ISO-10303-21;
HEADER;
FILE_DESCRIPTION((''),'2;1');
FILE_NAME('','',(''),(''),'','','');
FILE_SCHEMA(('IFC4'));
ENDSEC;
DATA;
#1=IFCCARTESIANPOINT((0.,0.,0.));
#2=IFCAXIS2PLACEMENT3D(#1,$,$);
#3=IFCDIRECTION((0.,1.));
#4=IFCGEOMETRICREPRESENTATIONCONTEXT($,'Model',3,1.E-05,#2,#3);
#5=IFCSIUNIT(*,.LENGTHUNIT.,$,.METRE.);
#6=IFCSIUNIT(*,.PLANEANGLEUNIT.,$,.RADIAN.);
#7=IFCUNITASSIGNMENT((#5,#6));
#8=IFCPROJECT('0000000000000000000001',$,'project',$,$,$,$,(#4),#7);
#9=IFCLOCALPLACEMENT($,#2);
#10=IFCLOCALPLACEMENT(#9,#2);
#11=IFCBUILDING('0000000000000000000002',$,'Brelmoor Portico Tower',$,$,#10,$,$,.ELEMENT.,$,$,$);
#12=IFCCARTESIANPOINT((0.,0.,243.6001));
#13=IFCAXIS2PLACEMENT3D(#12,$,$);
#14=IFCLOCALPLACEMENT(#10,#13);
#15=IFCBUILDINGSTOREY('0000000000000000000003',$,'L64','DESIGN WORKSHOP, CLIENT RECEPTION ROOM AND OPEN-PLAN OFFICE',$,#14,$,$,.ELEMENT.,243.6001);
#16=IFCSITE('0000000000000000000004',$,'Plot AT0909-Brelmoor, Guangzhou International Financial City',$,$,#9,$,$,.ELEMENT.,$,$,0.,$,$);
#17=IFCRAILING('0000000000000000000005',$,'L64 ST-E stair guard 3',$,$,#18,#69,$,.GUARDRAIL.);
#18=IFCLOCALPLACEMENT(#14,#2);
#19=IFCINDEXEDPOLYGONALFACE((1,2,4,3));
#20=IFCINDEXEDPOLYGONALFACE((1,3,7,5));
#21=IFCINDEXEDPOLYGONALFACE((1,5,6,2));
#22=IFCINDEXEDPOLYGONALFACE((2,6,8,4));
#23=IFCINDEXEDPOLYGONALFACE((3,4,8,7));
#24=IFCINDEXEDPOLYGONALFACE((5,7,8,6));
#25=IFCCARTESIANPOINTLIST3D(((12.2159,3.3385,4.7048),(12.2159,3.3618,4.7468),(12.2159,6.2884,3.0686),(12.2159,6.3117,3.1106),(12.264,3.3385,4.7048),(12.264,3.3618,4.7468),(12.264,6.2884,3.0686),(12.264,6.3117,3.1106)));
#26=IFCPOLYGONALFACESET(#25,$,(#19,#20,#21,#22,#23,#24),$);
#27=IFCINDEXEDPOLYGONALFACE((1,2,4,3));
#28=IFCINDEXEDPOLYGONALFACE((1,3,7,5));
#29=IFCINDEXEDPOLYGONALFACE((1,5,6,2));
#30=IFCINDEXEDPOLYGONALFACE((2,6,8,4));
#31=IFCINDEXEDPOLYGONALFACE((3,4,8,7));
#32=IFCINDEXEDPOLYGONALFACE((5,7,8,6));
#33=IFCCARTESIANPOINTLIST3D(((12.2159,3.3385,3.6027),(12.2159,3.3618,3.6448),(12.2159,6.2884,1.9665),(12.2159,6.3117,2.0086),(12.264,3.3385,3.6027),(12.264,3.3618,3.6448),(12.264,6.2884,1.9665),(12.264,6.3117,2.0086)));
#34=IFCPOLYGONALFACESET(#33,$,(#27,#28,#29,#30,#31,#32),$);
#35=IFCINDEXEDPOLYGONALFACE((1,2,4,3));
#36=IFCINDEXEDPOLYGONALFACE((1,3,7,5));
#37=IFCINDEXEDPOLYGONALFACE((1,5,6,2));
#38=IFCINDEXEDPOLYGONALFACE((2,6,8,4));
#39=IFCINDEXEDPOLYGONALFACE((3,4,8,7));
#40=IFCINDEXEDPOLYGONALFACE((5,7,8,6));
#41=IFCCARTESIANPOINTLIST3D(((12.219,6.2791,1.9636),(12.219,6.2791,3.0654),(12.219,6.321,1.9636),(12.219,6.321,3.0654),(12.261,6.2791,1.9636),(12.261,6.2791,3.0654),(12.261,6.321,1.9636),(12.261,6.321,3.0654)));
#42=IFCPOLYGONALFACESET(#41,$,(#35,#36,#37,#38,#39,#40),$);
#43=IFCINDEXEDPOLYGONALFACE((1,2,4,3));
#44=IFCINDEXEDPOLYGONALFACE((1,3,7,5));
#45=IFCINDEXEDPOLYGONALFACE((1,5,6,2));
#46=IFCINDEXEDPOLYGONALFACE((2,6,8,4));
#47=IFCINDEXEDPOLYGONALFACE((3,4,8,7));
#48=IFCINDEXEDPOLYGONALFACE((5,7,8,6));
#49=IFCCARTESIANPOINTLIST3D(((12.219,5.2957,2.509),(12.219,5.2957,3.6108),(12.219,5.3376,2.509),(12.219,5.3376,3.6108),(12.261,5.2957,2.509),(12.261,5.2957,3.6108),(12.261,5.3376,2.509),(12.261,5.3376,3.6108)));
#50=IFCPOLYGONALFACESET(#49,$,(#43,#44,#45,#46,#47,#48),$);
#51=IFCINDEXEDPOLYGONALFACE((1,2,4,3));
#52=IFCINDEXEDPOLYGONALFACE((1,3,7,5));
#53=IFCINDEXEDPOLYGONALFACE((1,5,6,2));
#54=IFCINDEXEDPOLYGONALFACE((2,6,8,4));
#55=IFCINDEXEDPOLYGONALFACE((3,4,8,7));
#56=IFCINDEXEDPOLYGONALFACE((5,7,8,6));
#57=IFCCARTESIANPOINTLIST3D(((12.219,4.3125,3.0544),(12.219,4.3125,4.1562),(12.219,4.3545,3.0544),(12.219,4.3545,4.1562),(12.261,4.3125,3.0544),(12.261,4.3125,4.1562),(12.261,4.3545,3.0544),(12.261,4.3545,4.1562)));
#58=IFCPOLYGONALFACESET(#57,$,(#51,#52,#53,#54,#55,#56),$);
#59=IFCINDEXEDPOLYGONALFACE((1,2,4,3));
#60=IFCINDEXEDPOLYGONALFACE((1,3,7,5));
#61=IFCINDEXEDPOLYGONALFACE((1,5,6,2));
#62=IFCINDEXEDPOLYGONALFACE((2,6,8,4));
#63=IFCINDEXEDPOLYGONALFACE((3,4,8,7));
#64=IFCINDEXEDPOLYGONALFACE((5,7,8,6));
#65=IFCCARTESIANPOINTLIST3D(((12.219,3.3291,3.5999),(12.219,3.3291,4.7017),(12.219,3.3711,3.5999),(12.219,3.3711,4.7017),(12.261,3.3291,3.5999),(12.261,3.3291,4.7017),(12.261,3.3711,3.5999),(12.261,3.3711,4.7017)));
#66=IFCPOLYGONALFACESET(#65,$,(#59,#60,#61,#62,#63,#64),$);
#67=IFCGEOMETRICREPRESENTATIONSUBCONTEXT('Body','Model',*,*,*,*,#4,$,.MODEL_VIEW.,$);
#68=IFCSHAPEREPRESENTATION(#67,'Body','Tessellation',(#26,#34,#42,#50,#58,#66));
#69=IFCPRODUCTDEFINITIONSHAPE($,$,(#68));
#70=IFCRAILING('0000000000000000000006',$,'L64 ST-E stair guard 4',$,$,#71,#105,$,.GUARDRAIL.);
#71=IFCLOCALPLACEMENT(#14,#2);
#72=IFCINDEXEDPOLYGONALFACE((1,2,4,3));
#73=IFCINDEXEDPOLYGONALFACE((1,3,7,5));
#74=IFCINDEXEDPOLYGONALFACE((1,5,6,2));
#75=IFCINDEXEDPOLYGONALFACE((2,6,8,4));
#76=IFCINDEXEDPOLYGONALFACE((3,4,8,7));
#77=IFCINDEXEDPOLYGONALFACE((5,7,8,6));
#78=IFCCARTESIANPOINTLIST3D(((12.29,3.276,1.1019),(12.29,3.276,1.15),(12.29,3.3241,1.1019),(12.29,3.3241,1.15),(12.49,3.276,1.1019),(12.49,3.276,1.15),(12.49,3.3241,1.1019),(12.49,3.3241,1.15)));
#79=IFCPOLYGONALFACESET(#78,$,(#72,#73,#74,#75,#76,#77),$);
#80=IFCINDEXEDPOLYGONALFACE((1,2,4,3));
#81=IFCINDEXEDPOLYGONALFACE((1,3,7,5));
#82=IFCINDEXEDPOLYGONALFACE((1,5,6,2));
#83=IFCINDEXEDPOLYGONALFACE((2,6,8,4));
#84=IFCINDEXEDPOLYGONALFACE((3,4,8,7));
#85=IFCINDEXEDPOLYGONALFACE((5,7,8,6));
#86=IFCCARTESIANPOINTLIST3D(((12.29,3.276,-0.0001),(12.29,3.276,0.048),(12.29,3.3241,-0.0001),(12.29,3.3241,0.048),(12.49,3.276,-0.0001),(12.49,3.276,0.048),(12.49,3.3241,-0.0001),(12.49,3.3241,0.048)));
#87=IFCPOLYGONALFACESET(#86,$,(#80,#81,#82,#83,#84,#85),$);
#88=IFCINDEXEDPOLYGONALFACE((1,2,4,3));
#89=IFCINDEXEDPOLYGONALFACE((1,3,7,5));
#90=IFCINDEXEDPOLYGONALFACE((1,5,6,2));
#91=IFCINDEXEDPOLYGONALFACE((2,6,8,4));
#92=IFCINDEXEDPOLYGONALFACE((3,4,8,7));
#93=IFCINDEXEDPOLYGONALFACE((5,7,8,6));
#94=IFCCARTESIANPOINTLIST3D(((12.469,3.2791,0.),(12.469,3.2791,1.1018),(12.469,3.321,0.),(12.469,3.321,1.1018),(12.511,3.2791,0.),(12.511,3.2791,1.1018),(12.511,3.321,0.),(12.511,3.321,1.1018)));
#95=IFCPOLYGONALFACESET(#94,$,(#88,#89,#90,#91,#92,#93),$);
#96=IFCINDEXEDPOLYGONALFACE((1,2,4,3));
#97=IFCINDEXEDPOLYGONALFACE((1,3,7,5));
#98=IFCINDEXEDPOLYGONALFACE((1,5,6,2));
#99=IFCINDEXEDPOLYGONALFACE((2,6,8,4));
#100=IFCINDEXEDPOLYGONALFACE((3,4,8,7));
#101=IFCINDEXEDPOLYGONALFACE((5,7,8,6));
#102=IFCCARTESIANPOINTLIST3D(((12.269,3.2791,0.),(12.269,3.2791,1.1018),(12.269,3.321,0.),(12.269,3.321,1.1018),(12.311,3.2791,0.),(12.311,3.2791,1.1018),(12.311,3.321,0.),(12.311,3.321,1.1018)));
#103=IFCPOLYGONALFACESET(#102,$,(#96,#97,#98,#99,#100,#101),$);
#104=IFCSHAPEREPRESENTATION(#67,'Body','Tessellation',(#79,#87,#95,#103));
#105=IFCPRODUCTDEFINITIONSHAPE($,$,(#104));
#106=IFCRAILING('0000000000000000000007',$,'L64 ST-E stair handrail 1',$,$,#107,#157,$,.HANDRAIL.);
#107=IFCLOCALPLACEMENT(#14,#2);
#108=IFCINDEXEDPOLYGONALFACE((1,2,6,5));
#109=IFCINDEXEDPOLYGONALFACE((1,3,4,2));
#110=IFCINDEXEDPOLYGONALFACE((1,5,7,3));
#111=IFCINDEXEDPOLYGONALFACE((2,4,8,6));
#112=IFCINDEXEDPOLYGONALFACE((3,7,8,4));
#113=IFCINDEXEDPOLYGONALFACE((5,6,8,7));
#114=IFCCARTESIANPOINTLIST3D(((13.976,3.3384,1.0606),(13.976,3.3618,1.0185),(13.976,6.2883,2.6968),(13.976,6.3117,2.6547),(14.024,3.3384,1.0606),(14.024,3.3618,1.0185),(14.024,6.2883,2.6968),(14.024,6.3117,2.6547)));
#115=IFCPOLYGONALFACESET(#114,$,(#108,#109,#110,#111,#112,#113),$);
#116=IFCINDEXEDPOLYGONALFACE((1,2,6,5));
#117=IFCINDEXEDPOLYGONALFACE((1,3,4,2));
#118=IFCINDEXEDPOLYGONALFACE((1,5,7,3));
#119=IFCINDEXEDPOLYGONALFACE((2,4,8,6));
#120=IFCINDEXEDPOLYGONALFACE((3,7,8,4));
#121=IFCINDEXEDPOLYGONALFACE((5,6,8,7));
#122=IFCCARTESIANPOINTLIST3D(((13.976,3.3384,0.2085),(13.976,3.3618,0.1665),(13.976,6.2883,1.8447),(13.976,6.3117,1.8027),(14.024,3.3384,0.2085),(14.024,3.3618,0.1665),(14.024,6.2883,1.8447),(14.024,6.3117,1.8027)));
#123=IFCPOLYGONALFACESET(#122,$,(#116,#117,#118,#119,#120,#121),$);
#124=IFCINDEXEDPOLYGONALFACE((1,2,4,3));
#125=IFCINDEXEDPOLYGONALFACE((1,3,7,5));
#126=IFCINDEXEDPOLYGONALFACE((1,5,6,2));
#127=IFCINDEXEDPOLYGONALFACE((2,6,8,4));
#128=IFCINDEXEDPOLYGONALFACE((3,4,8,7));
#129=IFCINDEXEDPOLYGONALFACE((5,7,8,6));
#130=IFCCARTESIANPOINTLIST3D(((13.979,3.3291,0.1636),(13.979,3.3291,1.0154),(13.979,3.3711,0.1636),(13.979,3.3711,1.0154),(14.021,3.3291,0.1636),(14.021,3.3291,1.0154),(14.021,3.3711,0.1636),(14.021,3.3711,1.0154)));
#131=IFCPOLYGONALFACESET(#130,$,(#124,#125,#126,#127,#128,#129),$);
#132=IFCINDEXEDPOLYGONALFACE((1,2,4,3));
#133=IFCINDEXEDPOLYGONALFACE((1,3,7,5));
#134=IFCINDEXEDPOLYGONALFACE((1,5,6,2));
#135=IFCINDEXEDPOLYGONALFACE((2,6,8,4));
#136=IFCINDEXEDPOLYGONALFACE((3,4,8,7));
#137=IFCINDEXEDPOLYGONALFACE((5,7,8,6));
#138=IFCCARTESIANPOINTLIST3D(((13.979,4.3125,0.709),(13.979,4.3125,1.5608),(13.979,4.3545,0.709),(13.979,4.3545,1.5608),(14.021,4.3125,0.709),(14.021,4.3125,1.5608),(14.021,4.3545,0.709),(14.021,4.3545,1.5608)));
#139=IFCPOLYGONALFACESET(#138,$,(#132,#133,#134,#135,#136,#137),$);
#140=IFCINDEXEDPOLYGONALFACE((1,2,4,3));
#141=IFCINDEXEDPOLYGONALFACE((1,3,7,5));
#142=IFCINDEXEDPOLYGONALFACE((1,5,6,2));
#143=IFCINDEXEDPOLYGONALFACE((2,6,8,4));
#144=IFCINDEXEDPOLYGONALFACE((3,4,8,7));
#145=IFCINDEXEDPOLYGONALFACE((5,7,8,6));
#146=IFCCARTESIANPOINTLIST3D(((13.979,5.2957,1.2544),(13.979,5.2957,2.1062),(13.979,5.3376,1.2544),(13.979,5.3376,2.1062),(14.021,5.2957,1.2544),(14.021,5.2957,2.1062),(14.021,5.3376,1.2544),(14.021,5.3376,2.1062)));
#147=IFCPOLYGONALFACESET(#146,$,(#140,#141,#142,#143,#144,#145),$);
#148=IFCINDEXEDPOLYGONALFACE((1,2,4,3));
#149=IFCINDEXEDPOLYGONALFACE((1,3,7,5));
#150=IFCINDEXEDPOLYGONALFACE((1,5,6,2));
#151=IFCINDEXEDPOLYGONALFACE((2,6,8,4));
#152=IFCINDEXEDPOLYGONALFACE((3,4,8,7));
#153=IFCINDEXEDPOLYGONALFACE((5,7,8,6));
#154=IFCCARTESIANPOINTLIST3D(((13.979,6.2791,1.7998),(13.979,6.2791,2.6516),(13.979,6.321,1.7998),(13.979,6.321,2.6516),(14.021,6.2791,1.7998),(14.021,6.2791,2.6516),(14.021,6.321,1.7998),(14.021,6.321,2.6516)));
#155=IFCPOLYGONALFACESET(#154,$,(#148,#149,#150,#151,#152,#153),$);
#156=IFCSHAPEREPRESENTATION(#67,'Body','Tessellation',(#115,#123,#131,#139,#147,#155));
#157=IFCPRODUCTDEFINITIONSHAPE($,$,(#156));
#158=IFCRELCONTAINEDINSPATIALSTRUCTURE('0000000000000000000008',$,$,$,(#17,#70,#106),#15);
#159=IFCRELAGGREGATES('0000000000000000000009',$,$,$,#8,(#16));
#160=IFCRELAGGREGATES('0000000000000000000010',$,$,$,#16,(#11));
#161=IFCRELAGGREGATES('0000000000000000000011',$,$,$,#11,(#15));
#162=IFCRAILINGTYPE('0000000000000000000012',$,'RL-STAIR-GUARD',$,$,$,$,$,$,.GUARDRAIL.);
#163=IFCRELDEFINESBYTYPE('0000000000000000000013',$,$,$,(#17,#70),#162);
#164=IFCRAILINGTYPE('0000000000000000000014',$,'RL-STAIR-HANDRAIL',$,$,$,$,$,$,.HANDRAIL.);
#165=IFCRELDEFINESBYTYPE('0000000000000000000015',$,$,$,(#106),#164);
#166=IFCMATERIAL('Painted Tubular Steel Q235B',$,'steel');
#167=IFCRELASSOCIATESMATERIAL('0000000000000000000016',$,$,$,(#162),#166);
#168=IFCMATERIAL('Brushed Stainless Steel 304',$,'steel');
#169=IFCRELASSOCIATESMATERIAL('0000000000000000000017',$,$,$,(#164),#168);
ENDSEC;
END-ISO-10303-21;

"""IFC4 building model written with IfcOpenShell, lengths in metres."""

from ifc_helpers import new_model, si_unit, direction, frame, origin, origin_2d, place, context, subcontext, project, spatial, rectangle, extrude, material, type_object, element, save


model = new_model("IFC4")

# Units and contexts
model_context = context("Model", 3, precision=1e-05, world=origin(), true_north=direction((0.0, 1.0)))
body_context = subcontext(model_context, "Body", "Model", "MODEL_VIEW")
ifc_project = project(units=[si_unit("LENGTHUNIT", "METRE"), si_unit("PLANEANGLEUNIT", "RADIAN")], contexts=[model_context])

# Site, building, storey
site_placement = place(None, origin())
site = spatial("IfcSite", under=ifc_project, at=site_placement, Name="Plot AT0909-Brelmoor, Guangzhou International Financial City", CompositionType="ELEMENT", RefElevation=0.0)
building_placement = place(site_placement, origin())
building = spatial("IfcBuilding", under=site, at=building_placement, Name="Brelmoor Portico Tower", CompositionType="ELEMENT")
storey_placement = place(building_placement, frame((0.0, 0.0, 243.6001)))
storey = spatial("IfcBuildingStorey", under=building, at=storey_placement, Name="L64", Description="DESIGN WORKSHOP, CLIENT RECEPTION ROOM AND OPEN-PLAN OFFICE", CompositionType="ELEMENT", Elevation=243.6001)

# Railings
ifc_material_1 = material(Name="Painted Tubular Steel Q235B", Category="steel")
railing_type_1 = type_object("IfcRailingType", Name="RL-STAIR-GUARD", PredefinedType="GUARDRAIL", material=ifc_material_1)
railing_1_placement = place(storey_placement, frame((12.24, 6.3, 1.9636)))
element("IfcRailing", 1, at=railing_1_placement, inside=storey, type_object=railing_type_1, Name="L64 ST-E stair guard 3", PredefinedType="GUARDRAIL", context=body_context, shape_type="SweptSolid", body=[
    extrude(rectangle(XDim=0.0481, YDim=0.0481, at=origin_2d()), frame((0.0, 0.0, 1.126), z_axis=(0.0, -0.874488, 0.485047), x_axis=(1.0, 0.0, 0.0)), (0.0, 0.0, 1.0), 3.3733),
    extrude(rectangle(XDim=0.0481, YDim=0.0481, at=origin_2d()), frame((0.0, 0.0, 0.0239), z_axis=(0.0, -0.874488, 0.485047), x_axis=(1.0, 0.0, 0.0)), (0.0, 0.0, 1.0), 3.3733),
    extrude(rectangle(XDim=0.042, YDim=0.042, at=origin_2d()), origin(), (0.0, 0.0, 1.0), 1.1018),
    extrude(rectangle(XDim=0.042, YDim=0.042, at=origin_2d()), frame((0.0, -0.9834, 0.5454)), (0.0, 0.0, 1.0), 1.1018),
    extrude(rectangle(XDim=0.042, YDim=0.042, at=origin_2d()), frame((0.0, -1.9666, 1.0908)), (0.0, 0.0, 1.0), 1.1018),
    extrude(rectangle(XDim=0.042, YDim=0.042, at=origin_2d()), frame((0.0, -2.95, 1.6362)), (0.0, 0.0, 1.0), 1.1018),
])
railing_2_placement = place(storey_placement, frame((12.49, 3.3, 0.0)))
element("IfcRailing", 2, at=railing_2_placement, inside=storey, type_object=railing_type_1, Name="L64 ST-E stair guard 4", PredefinedType="GUARDRAIL", context=body_context, shape_type="SweptSolid", body=[
    extrude(rectangle(XDim=0.0481, YDim=0.0481, at=origin_2d()), frame((0.0, 0.0, 1.126), z_axis=(-1.0, 0.0, 0.0), x_axis=(0.0, -1.0, 0.0)), (0.0, 0.0, 1.0), 0.2),
    extrude(rectangle(XDim=0.0481, YDim=0.0481, at=origin_2d()), frame((0.0, 0.0, 0.0239), z_axis=(-1.0, 0.0, 0.0), x_axis=(0.0, -1.0, 0.0)), (0.0, 0.0, 1.0), 0.2),
    extrude(rectangle(XDim=0.042, YDim=0.042, at=origin_2d()), origin(), (0.0, 0.0, 1.0), 1.1018),
    extrude(rectangle(XDim=0.042, YDim=0.042, at=origin_2d()), frame((-0.2, 0.0, 0.0)), (0.0, 0.0, 1.0), 1.1018),
])
ifc_material_2 = material(Name="Brushed Stainless Steel 304", Category="steel")
railing_type_2 = type_object("IfcRailingType", Name="RL-STAIR-HANDRAIL", PredefinedType="HANDRAIL", material=ifc_material_2)
railing_3_placement = place(storey_placement, frame((14.0, 3.3501, 0.1636)))
element("IfcRailing", 3, at=railing_3_placement, inside=storey, type_object=railing_type_2, Name="L64 ST-E stair handrail 1", PredefinedType="HANDRAIL", context=body_context, shape_type="SweptSolid", body=[
    extrude(rectangle(XDim=0.0481, YDim=0.0481, at=origin_2d()), frame((0.0, 0.0, 0.876), z_axis=(0.0, 0.874488, 0.485047), x_axis=(-1.0, 0.0, 0.0)), (0.0, 0.0, 1.0), 3.3733),
    extrude(rectangle(XDim=0.0481, YDim=0.0481, at=origin_2d()), frame((0.0, 0.0, 0.0239), z_axis=(0.0, 0.874488, 0.485047), x_axis=(-1.0, 0.0, 0.0)), (0.0, 0.0, 1.0), 3.3733),
    extrude(rectangle(XDim=0.042, YDim=0.042, at=origin_2d()), origin(), (0.0, 0.0, 1.0), 0.8518),
    extrude(rectangle(XDim=0.042, YDim=0.042, at=origin_2d()), frame((0.0, 0.9834, 0.5454)), (0.0, 0.0, 1.0), 0.8518),
    extrude(rectangle(XDim=0.042, YDim=0.042, at=origin_2d()), frame((0.0, 1.9666, 1.0908)), (0.0, 0.0, 1.0), 0.8518),
    extrude(rectangle(XDim=0.042, YDim=0.042, at=origin_2d()), frame((0.0, 2.95, 1.6362)), (0.0, 0.0, 1.0), 0.8518),
])

save(model, "model.ifc")
